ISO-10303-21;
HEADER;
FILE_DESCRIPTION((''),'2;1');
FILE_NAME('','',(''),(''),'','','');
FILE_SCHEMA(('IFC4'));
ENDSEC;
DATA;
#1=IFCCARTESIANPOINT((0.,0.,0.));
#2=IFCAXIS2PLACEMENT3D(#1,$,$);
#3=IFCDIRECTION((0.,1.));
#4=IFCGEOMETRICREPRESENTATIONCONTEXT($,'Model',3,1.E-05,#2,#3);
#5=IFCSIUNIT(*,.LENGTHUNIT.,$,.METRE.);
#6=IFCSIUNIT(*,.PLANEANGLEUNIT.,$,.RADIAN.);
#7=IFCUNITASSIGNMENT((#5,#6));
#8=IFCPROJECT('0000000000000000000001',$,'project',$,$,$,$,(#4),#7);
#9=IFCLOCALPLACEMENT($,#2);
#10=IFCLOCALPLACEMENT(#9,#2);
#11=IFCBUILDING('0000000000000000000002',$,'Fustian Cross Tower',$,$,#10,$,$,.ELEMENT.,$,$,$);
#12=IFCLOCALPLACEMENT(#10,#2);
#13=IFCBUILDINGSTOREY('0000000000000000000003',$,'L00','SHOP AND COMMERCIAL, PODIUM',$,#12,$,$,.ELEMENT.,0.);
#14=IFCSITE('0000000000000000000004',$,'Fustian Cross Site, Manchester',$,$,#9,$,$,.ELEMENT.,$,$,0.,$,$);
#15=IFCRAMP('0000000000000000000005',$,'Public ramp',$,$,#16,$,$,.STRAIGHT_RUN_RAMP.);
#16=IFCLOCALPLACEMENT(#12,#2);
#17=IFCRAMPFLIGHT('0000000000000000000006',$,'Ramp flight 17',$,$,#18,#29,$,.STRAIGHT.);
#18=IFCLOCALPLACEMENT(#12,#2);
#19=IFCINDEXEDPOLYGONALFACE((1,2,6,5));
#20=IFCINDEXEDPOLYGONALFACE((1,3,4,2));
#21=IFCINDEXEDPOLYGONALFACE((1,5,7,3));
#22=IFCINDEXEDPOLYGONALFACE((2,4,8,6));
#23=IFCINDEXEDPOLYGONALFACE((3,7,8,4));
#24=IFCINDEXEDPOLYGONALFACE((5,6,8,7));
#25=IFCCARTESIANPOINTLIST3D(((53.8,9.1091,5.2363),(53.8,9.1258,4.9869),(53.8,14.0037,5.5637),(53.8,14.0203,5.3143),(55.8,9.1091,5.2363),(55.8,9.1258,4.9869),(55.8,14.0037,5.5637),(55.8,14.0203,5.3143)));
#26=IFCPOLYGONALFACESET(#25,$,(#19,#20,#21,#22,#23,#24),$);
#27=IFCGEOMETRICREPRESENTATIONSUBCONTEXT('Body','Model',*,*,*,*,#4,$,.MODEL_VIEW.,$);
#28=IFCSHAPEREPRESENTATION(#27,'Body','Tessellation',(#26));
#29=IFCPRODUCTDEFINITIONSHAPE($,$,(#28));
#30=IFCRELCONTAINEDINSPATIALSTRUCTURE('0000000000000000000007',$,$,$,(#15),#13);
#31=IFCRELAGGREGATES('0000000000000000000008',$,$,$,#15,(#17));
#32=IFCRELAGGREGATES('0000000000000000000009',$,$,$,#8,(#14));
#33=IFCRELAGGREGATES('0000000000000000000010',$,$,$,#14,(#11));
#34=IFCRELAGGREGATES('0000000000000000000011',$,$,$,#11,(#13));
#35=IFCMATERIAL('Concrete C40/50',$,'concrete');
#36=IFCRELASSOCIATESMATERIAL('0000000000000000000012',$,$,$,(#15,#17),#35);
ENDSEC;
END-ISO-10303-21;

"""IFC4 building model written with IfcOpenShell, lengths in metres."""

from ifc_helpers import new_model, si_unit, direction, frame, origin, place, context, subcontext, project, spatial, polyline, outline, extrude, material, element, aggregate, save


model = new_model("IFC4")

# Units and contexts
model_context = context("Model", 3, precision=1e-05, world=origin(), true_north=direction((0.0, 1.0)))
body_context = subcontext(model_context, "Body", "Model", "MODEL_VIEW")
ifc_project = project(units=[si_unit("LENGTHUNIT", "METRE"), si_unit("PLANEANGLEUNIT", "RADIAN")], contexts=[model_context])

# Site, building, storey
site_placement = place(None, origin())
site = spatial("IfcSite", under=ifc_project, at=site_placement, Name="Fustian Cross Site, Manchester", CompositionType="ELEMENT", RefElevation=0.0)
building_placement = place(site_placement, origin())
building = spatial("IfcBuilding", under=site, at=building_placement, Name="Fustian Cross Tower", CompositionType="ELEMENT")
storey_placement = place(building_placement, origin())
storey = spatial("IfcBuildingStorey", under=building, at=storey_placement, Name="L00", Description="SHOP AND COMMERCIAL, PODIUM", CompositionType="ELEMENT", Elevation=0.0)

# Ramp, ramp flight
ifc_material_1 = material(Name="Concrete C40/50", Category="concrete")
ramp_placement = place(storey_placement, origin())
ramp = element("IfcRamp", 1, at=ramp_placement, inside=storey, material=ifc_material_1, Name="Public ramp", PredefinedType="STRAIGHT_RUN_RAMP")
ramp_flight_1_placement = place(storey_placement, frame((53.8, 9.1091, 5.2363), z_axis=(0.0, -0.06674, 0.99777), x_axis=(1.0, 0.0, 0.0)))
ramp_flight_1 = element("IfcRampFlight", 2, at=ramp_flight_1_placement, material=ifc_material_1, Name="Ramp flight 17", PredefinedType="STRAIGHT", context=body_context, shape_type="SweptSolid", body=[
    extrude(outline(polyline([(0.0, 0.0), (2.0, 0.0), (2.0, 4.9055), (0.0, 4.9055), (0.0, 0.0)])), origin(), (0.0, 0.0, -1.0), 0.25),
])
aggregate(ramp, [ramp_flight_1])

save(model, "model.ifc")
